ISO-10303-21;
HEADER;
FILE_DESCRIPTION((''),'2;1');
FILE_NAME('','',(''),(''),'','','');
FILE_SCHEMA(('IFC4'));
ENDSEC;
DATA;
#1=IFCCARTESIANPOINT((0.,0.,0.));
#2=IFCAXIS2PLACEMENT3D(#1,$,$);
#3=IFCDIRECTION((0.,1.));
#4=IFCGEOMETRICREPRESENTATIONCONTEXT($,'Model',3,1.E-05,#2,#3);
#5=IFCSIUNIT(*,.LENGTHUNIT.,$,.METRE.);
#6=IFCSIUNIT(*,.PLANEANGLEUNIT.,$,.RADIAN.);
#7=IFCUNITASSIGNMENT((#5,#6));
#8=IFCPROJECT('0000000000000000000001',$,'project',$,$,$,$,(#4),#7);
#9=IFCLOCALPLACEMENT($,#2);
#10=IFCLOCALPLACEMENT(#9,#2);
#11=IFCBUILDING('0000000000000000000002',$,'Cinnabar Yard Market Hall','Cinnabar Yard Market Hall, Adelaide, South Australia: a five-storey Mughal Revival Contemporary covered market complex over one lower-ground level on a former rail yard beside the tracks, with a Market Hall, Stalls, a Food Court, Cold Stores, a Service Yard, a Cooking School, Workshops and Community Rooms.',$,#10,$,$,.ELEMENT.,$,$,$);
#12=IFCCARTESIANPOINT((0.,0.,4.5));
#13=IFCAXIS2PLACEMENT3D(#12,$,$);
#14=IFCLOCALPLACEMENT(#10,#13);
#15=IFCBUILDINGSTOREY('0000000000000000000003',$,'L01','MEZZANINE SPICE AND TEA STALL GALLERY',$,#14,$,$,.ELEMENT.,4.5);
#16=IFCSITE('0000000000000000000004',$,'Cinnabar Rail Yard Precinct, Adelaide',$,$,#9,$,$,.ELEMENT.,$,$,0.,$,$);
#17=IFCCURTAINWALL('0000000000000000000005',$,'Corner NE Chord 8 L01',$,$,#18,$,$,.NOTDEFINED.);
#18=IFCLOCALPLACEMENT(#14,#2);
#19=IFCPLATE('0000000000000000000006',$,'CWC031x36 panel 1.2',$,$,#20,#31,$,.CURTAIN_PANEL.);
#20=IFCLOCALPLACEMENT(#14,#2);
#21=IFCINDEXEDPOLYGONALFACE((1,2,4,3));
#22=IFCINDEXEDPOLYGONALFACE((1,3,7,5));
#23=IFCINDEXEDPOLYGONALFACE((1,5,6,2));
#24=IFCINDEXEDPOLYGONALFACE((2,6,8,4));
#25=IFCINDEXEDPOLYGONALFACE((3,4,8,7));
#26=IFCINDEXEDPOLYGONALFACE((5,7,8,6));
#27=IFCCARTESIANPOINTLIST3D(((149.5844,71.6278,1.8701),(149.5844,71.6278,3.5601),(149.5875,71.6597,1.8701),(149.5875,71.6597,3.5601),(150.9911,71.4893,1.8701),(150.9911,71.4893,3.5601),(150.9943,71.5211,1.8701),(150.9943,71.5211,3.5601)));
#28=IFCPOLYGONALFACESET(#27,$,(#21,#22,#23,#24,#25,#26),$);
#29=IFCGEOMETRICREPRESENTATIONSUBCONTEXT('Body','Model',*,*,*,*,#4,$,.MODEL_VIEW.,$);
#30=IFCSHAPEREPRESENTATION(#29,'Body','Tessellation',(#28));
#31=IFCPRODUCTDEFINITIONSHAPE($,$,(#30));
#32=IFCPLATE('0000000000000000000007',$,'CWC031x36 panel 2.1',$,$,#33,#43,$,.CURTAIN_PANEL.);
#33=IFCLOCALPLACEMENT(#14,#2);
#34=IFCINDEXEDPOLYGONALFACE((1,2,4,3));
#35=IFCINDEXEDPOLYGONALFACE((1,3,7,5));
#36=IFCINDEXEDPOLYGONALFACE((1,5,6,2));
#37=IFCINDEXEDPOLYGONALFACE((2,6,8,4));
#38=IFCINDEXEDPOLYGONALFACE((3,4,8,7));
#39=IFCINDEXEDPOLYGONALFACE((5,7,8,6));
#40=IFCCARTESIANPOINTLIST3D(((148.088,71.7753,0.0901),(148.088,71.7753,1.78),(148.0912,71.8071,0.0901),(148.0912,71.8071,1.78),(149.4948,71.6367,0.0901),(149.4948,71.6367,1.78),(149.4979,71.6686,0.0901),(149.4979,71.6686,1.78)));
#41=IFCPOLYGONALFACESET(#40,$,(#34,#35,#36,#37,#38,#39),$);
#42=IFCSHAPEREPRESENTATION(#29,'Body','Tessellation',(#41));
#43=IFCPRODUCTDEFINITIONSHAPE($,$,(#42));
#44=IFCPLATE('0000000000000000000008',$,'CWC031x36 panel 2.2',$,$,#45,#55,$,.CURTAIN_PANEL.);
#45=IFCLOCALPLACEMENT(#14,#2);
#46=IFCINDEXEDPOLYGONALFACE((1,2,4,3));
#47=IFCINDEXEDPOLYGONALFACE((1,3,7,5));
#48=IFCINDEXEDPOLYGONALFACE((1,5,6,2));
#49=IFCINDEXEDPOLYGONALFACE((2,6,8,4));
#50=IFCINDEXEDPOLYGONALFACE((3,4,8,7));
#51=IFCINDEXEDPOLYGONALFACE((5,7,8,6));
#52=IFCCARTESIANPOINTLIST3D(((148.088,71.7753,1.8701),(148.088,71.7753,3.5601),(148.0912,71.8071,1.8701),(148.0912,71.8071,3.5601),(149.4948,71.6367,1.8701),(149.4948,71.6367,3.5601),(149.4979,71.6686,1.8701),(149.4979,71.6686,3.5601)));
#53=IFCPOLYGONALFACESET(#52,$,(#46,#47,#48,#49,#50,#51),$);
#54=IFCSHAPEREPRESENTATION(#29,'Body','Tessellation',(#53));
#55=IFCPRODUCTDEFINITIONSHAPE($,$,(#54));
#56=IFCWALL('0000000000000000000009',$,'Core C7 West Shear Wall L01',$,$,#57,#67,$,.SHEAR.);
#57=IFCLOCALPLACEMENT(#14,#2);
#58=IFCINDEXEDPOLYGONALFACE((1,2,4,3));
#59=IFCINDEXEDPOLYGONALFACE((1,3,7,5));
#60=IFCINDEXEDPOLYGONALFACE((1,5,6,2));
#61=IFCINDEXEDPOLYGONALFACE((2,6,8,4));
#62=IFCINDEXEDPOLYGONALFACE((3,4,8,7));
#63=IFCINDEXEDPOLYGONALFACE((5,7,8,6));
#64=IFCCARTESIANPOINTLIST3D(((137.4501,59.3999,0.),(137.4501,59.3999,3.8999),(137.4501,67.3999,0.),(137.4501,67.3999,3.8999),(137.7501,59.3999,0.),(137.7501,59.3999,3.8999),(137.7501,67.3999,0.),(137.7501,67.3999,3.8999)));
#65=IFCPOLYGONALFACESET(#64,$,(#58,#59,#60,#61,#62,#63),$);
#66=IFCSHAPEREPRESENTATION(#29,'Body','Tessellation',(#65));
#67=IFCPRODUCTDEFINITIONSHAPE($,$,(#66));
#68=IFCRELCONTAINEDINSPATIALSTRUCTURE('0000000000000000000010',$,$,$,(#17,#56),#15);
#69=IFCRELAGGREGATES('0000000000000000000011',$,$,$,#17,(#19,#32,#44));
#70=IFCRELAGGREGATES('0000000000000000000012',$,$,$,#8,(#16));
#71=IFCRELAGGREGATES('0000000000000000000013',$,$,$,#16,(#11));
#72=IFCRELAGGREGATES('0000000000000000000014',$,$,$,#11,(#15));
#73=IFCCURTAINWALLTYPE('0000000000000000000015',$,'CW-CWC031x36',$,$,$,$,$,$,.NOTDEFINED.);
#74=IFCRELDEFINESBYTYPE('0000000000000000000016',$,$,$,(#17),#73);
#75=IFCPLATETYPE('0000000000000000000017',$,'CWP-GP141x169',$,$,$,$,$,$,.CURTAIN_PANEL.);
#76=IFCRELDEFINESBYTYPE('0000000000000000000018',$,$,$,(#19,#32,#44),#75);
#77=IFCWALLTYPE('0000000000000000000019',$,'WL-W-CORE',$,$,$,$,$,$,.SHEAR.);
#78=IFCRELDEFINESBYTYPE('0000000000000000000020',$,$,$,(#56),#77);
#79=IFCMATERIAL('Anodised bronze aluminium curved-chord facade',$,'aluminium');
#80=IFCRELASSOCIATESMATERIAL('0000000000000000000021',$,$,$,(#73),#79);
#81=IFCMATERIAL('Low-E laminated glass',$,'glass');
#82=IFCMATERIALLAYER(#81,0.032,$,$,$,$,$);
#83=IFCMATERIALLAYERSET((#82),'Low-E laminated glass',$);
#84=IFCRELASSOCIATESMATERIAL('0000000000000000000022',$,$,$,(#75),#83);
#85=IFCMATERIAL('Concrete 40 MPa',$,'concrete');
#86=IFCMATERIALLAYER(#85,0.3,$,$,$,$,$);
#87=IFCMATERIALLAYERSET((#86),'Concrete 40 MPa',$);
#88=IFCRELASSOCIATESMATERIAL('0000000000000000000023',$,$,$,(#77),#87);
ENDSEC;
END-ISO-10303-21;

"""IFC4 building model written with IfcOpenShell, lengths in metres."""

from ifc_helpers import new_model, si_unit, direction, frame, frame_2d, origin, origin_2d_with_axis, place, context, subcontext, project, spatial, rectangle, extrude, material, layer, layer_set, type_object, element, aggregate, save


model = new_model("IFC4")

# Units and contexts
model_context = context("Model", 3, precision=1e-05, world=origin(), true_north=direction((0.0, 1.0)))
body_context = subcontext(model_context, "Body", "Model", "MODEL_VIEW")
ifc_project = project(units=[si_unit("LENGTHUNIT", "METRE"), si_unit("PLANEANGLEUNIT", "RADIAN")], contexts=[model_context])

# Site, building, storey
site_placement = place(None, origin())
site = spatial("IfcSite", under=ifc_project, at=site_placement, Name="Cinnabar Rail Yard Precinct, Adelaide", CompositionType="ELEMENT", RefElevation=0.0)
building_placement = place(site_placement, origin())
building = spatial("IfcBuilding", under=site, at=building_placement, Name="Cinnabar Yard Market Hall", Description="Cinnabar Yard Market Hall, Adelaide, South Australia: a five-storey Mughal Revival Contemporary covered market complex over one lower-ground level on a former rail yard beside the tracks, with a Market Hall, Stalls, a Food Court, Cold Stores, a Service Yard, a Cooking School, Workshops and Community Rooms.", CompositionType="ELEMENT")
storey_placement = place(building_placement, frame((0.0, 0.0, 4.5)))
storey = spatial("IfcBuildingStorey", under=building, at=storey_placement, Name="L01", Description="MEZZANINE SPICE AND TEA STALL GALLERY", CompositionType="ELEMENT", Elevation=4.5)

# Shared definitions
ifc_material_1 = material(Name="Anodised bronze aluminium curved-chord facade", Category="aluminium")
curtain_wall_type_1 = type_object("IfcCurtainWallType", Name="CW-CWC031x36", PredefinedType="NOTDEFINED", material=ifc_material_1)

# Curtain wall
curtain_wall_1_placement = place(storey_placement, origin())
curtain_wall_1 = element("IfcCurtainWall", 1, at=curtain_wall_1_placement, inside=storey, type_object=curtain_wall_type_1, Name="Corner NE Chord 8 L01", PredefinedType="NOTDEFINED")

# Plates
ifc_material_2 = material(Name="Low-E laminated glass", Category="glass")
ifc_layer_1 = layer(ifc_material_2, 0.032)
ifc_layer_set_1 = layer_set([ifc_layer_1], Name="Low-E laminated glass")
plate_type_1 = type_object("IfcPlateType", Name="CWP-GP141x169", PredefinedType="CURTAIN_PANEL", material=ifc_layer_set_1)
plate_1_placement = place(storey_placement, frame((150.2893, 71.5745, 1.8701), z_axis=(0.0, 0.0, 1.0), x_axis=(-0.995184, 0.09802, 0.0)))
plate_1 = element("IfcPlate", 2, at=plate_1_placement, type_object=plate_type_1, Name="CWC031x36 panel 1.2", PredefinedType="CURTAIN_PANEL", context=body_context, shape_type="SweptSolid", body=[
    extrude(rectangle(XDim=1.4136, YDim=0.032, at=origin_2d_with_axis()), origin(), (0.0, 0.0, 1.0), 1.6899),
])
plate_2_placement = place(storey_placement, frame((148.793, 71.7219, 0.0901), z_axis=(0.0, 0.0, 1.0), x_axis=(-0.995184, 0.09802, 0.0)))
plate_2 = element("IfcPlate", 3, at=plate_2_placement, type_object=plate_type_1, Name="CWC031x36 panel 2.1", PredefinedType="CURTAIN_PANEL", context=body_context, shape_type="SweptSolid", body=[
    extrude(rectangle(XDim=1.4136, YDim=0.032, at=origin_2d_with_axis()), origin(), (0.0, 0.0, 1.0), 1.6899),
])
plate_3_placement = place(storey_placement, frame((148.793, 71.7219, 1.8701), z_axis=(0.0, 0.0, 1.0), x_axis=(-0.995184, 0.09802, 0.0)))
plate_3 = element("IfcPlate", 4, at=plate_3_placement, type_object=plate_type_1, Name="CWC031x36 panel 2.2", PredefinedType="CURTAIN_PANEL", context=body_context, shape_type="SweptSolid", body=[
    extrude(rectangle(XDim=1.4136, YDim=0.032, at=origin_2d_with_axis()), origin(), (0.0, 0.0, 1.0), 1.6899),
])
aggregate(curtain_wall_1, [plate_1, plate_2, plate_3])

# Wall
ifc_material_3 = material(Name="Concrete 40 MPa", Category="concrete")
ifc_layer_2 = layer(ifc_material_3, 0.3)
ifc_layer_set_2 = layer_set([ifc_layer_2], Name="Concrete 40 MPa")
wall_type = type_object("IfcWallType", Name="WL-W-CORE", PredefinedType="SHEAR", material=ifc_layer_set_2)
wall_1_placement = place(storey_placement, frame((137.6001, 67.3999, 0.0), z_axis=(0.0, 0.0, 1.0), x_axis=(0.0, -1.0, 0.0)))
element("IfcWall", 5, at=wall_1_placement, inside=storey, type_object=wall_type, Name="Core C7 West Shear Wall L01", PredefinedType="SHEAR", context=body_context, shape_type="SweptSolid", body=[
    extrude(rectangle(XDim=8.0, YDim=0.3, at=frame_2d((4.0, 0.0), x_axis=(1.0, 0.0))), origin(), (0.0, 0.0, 1.0), 3.8999),
])

save(model, "model.ifc")
